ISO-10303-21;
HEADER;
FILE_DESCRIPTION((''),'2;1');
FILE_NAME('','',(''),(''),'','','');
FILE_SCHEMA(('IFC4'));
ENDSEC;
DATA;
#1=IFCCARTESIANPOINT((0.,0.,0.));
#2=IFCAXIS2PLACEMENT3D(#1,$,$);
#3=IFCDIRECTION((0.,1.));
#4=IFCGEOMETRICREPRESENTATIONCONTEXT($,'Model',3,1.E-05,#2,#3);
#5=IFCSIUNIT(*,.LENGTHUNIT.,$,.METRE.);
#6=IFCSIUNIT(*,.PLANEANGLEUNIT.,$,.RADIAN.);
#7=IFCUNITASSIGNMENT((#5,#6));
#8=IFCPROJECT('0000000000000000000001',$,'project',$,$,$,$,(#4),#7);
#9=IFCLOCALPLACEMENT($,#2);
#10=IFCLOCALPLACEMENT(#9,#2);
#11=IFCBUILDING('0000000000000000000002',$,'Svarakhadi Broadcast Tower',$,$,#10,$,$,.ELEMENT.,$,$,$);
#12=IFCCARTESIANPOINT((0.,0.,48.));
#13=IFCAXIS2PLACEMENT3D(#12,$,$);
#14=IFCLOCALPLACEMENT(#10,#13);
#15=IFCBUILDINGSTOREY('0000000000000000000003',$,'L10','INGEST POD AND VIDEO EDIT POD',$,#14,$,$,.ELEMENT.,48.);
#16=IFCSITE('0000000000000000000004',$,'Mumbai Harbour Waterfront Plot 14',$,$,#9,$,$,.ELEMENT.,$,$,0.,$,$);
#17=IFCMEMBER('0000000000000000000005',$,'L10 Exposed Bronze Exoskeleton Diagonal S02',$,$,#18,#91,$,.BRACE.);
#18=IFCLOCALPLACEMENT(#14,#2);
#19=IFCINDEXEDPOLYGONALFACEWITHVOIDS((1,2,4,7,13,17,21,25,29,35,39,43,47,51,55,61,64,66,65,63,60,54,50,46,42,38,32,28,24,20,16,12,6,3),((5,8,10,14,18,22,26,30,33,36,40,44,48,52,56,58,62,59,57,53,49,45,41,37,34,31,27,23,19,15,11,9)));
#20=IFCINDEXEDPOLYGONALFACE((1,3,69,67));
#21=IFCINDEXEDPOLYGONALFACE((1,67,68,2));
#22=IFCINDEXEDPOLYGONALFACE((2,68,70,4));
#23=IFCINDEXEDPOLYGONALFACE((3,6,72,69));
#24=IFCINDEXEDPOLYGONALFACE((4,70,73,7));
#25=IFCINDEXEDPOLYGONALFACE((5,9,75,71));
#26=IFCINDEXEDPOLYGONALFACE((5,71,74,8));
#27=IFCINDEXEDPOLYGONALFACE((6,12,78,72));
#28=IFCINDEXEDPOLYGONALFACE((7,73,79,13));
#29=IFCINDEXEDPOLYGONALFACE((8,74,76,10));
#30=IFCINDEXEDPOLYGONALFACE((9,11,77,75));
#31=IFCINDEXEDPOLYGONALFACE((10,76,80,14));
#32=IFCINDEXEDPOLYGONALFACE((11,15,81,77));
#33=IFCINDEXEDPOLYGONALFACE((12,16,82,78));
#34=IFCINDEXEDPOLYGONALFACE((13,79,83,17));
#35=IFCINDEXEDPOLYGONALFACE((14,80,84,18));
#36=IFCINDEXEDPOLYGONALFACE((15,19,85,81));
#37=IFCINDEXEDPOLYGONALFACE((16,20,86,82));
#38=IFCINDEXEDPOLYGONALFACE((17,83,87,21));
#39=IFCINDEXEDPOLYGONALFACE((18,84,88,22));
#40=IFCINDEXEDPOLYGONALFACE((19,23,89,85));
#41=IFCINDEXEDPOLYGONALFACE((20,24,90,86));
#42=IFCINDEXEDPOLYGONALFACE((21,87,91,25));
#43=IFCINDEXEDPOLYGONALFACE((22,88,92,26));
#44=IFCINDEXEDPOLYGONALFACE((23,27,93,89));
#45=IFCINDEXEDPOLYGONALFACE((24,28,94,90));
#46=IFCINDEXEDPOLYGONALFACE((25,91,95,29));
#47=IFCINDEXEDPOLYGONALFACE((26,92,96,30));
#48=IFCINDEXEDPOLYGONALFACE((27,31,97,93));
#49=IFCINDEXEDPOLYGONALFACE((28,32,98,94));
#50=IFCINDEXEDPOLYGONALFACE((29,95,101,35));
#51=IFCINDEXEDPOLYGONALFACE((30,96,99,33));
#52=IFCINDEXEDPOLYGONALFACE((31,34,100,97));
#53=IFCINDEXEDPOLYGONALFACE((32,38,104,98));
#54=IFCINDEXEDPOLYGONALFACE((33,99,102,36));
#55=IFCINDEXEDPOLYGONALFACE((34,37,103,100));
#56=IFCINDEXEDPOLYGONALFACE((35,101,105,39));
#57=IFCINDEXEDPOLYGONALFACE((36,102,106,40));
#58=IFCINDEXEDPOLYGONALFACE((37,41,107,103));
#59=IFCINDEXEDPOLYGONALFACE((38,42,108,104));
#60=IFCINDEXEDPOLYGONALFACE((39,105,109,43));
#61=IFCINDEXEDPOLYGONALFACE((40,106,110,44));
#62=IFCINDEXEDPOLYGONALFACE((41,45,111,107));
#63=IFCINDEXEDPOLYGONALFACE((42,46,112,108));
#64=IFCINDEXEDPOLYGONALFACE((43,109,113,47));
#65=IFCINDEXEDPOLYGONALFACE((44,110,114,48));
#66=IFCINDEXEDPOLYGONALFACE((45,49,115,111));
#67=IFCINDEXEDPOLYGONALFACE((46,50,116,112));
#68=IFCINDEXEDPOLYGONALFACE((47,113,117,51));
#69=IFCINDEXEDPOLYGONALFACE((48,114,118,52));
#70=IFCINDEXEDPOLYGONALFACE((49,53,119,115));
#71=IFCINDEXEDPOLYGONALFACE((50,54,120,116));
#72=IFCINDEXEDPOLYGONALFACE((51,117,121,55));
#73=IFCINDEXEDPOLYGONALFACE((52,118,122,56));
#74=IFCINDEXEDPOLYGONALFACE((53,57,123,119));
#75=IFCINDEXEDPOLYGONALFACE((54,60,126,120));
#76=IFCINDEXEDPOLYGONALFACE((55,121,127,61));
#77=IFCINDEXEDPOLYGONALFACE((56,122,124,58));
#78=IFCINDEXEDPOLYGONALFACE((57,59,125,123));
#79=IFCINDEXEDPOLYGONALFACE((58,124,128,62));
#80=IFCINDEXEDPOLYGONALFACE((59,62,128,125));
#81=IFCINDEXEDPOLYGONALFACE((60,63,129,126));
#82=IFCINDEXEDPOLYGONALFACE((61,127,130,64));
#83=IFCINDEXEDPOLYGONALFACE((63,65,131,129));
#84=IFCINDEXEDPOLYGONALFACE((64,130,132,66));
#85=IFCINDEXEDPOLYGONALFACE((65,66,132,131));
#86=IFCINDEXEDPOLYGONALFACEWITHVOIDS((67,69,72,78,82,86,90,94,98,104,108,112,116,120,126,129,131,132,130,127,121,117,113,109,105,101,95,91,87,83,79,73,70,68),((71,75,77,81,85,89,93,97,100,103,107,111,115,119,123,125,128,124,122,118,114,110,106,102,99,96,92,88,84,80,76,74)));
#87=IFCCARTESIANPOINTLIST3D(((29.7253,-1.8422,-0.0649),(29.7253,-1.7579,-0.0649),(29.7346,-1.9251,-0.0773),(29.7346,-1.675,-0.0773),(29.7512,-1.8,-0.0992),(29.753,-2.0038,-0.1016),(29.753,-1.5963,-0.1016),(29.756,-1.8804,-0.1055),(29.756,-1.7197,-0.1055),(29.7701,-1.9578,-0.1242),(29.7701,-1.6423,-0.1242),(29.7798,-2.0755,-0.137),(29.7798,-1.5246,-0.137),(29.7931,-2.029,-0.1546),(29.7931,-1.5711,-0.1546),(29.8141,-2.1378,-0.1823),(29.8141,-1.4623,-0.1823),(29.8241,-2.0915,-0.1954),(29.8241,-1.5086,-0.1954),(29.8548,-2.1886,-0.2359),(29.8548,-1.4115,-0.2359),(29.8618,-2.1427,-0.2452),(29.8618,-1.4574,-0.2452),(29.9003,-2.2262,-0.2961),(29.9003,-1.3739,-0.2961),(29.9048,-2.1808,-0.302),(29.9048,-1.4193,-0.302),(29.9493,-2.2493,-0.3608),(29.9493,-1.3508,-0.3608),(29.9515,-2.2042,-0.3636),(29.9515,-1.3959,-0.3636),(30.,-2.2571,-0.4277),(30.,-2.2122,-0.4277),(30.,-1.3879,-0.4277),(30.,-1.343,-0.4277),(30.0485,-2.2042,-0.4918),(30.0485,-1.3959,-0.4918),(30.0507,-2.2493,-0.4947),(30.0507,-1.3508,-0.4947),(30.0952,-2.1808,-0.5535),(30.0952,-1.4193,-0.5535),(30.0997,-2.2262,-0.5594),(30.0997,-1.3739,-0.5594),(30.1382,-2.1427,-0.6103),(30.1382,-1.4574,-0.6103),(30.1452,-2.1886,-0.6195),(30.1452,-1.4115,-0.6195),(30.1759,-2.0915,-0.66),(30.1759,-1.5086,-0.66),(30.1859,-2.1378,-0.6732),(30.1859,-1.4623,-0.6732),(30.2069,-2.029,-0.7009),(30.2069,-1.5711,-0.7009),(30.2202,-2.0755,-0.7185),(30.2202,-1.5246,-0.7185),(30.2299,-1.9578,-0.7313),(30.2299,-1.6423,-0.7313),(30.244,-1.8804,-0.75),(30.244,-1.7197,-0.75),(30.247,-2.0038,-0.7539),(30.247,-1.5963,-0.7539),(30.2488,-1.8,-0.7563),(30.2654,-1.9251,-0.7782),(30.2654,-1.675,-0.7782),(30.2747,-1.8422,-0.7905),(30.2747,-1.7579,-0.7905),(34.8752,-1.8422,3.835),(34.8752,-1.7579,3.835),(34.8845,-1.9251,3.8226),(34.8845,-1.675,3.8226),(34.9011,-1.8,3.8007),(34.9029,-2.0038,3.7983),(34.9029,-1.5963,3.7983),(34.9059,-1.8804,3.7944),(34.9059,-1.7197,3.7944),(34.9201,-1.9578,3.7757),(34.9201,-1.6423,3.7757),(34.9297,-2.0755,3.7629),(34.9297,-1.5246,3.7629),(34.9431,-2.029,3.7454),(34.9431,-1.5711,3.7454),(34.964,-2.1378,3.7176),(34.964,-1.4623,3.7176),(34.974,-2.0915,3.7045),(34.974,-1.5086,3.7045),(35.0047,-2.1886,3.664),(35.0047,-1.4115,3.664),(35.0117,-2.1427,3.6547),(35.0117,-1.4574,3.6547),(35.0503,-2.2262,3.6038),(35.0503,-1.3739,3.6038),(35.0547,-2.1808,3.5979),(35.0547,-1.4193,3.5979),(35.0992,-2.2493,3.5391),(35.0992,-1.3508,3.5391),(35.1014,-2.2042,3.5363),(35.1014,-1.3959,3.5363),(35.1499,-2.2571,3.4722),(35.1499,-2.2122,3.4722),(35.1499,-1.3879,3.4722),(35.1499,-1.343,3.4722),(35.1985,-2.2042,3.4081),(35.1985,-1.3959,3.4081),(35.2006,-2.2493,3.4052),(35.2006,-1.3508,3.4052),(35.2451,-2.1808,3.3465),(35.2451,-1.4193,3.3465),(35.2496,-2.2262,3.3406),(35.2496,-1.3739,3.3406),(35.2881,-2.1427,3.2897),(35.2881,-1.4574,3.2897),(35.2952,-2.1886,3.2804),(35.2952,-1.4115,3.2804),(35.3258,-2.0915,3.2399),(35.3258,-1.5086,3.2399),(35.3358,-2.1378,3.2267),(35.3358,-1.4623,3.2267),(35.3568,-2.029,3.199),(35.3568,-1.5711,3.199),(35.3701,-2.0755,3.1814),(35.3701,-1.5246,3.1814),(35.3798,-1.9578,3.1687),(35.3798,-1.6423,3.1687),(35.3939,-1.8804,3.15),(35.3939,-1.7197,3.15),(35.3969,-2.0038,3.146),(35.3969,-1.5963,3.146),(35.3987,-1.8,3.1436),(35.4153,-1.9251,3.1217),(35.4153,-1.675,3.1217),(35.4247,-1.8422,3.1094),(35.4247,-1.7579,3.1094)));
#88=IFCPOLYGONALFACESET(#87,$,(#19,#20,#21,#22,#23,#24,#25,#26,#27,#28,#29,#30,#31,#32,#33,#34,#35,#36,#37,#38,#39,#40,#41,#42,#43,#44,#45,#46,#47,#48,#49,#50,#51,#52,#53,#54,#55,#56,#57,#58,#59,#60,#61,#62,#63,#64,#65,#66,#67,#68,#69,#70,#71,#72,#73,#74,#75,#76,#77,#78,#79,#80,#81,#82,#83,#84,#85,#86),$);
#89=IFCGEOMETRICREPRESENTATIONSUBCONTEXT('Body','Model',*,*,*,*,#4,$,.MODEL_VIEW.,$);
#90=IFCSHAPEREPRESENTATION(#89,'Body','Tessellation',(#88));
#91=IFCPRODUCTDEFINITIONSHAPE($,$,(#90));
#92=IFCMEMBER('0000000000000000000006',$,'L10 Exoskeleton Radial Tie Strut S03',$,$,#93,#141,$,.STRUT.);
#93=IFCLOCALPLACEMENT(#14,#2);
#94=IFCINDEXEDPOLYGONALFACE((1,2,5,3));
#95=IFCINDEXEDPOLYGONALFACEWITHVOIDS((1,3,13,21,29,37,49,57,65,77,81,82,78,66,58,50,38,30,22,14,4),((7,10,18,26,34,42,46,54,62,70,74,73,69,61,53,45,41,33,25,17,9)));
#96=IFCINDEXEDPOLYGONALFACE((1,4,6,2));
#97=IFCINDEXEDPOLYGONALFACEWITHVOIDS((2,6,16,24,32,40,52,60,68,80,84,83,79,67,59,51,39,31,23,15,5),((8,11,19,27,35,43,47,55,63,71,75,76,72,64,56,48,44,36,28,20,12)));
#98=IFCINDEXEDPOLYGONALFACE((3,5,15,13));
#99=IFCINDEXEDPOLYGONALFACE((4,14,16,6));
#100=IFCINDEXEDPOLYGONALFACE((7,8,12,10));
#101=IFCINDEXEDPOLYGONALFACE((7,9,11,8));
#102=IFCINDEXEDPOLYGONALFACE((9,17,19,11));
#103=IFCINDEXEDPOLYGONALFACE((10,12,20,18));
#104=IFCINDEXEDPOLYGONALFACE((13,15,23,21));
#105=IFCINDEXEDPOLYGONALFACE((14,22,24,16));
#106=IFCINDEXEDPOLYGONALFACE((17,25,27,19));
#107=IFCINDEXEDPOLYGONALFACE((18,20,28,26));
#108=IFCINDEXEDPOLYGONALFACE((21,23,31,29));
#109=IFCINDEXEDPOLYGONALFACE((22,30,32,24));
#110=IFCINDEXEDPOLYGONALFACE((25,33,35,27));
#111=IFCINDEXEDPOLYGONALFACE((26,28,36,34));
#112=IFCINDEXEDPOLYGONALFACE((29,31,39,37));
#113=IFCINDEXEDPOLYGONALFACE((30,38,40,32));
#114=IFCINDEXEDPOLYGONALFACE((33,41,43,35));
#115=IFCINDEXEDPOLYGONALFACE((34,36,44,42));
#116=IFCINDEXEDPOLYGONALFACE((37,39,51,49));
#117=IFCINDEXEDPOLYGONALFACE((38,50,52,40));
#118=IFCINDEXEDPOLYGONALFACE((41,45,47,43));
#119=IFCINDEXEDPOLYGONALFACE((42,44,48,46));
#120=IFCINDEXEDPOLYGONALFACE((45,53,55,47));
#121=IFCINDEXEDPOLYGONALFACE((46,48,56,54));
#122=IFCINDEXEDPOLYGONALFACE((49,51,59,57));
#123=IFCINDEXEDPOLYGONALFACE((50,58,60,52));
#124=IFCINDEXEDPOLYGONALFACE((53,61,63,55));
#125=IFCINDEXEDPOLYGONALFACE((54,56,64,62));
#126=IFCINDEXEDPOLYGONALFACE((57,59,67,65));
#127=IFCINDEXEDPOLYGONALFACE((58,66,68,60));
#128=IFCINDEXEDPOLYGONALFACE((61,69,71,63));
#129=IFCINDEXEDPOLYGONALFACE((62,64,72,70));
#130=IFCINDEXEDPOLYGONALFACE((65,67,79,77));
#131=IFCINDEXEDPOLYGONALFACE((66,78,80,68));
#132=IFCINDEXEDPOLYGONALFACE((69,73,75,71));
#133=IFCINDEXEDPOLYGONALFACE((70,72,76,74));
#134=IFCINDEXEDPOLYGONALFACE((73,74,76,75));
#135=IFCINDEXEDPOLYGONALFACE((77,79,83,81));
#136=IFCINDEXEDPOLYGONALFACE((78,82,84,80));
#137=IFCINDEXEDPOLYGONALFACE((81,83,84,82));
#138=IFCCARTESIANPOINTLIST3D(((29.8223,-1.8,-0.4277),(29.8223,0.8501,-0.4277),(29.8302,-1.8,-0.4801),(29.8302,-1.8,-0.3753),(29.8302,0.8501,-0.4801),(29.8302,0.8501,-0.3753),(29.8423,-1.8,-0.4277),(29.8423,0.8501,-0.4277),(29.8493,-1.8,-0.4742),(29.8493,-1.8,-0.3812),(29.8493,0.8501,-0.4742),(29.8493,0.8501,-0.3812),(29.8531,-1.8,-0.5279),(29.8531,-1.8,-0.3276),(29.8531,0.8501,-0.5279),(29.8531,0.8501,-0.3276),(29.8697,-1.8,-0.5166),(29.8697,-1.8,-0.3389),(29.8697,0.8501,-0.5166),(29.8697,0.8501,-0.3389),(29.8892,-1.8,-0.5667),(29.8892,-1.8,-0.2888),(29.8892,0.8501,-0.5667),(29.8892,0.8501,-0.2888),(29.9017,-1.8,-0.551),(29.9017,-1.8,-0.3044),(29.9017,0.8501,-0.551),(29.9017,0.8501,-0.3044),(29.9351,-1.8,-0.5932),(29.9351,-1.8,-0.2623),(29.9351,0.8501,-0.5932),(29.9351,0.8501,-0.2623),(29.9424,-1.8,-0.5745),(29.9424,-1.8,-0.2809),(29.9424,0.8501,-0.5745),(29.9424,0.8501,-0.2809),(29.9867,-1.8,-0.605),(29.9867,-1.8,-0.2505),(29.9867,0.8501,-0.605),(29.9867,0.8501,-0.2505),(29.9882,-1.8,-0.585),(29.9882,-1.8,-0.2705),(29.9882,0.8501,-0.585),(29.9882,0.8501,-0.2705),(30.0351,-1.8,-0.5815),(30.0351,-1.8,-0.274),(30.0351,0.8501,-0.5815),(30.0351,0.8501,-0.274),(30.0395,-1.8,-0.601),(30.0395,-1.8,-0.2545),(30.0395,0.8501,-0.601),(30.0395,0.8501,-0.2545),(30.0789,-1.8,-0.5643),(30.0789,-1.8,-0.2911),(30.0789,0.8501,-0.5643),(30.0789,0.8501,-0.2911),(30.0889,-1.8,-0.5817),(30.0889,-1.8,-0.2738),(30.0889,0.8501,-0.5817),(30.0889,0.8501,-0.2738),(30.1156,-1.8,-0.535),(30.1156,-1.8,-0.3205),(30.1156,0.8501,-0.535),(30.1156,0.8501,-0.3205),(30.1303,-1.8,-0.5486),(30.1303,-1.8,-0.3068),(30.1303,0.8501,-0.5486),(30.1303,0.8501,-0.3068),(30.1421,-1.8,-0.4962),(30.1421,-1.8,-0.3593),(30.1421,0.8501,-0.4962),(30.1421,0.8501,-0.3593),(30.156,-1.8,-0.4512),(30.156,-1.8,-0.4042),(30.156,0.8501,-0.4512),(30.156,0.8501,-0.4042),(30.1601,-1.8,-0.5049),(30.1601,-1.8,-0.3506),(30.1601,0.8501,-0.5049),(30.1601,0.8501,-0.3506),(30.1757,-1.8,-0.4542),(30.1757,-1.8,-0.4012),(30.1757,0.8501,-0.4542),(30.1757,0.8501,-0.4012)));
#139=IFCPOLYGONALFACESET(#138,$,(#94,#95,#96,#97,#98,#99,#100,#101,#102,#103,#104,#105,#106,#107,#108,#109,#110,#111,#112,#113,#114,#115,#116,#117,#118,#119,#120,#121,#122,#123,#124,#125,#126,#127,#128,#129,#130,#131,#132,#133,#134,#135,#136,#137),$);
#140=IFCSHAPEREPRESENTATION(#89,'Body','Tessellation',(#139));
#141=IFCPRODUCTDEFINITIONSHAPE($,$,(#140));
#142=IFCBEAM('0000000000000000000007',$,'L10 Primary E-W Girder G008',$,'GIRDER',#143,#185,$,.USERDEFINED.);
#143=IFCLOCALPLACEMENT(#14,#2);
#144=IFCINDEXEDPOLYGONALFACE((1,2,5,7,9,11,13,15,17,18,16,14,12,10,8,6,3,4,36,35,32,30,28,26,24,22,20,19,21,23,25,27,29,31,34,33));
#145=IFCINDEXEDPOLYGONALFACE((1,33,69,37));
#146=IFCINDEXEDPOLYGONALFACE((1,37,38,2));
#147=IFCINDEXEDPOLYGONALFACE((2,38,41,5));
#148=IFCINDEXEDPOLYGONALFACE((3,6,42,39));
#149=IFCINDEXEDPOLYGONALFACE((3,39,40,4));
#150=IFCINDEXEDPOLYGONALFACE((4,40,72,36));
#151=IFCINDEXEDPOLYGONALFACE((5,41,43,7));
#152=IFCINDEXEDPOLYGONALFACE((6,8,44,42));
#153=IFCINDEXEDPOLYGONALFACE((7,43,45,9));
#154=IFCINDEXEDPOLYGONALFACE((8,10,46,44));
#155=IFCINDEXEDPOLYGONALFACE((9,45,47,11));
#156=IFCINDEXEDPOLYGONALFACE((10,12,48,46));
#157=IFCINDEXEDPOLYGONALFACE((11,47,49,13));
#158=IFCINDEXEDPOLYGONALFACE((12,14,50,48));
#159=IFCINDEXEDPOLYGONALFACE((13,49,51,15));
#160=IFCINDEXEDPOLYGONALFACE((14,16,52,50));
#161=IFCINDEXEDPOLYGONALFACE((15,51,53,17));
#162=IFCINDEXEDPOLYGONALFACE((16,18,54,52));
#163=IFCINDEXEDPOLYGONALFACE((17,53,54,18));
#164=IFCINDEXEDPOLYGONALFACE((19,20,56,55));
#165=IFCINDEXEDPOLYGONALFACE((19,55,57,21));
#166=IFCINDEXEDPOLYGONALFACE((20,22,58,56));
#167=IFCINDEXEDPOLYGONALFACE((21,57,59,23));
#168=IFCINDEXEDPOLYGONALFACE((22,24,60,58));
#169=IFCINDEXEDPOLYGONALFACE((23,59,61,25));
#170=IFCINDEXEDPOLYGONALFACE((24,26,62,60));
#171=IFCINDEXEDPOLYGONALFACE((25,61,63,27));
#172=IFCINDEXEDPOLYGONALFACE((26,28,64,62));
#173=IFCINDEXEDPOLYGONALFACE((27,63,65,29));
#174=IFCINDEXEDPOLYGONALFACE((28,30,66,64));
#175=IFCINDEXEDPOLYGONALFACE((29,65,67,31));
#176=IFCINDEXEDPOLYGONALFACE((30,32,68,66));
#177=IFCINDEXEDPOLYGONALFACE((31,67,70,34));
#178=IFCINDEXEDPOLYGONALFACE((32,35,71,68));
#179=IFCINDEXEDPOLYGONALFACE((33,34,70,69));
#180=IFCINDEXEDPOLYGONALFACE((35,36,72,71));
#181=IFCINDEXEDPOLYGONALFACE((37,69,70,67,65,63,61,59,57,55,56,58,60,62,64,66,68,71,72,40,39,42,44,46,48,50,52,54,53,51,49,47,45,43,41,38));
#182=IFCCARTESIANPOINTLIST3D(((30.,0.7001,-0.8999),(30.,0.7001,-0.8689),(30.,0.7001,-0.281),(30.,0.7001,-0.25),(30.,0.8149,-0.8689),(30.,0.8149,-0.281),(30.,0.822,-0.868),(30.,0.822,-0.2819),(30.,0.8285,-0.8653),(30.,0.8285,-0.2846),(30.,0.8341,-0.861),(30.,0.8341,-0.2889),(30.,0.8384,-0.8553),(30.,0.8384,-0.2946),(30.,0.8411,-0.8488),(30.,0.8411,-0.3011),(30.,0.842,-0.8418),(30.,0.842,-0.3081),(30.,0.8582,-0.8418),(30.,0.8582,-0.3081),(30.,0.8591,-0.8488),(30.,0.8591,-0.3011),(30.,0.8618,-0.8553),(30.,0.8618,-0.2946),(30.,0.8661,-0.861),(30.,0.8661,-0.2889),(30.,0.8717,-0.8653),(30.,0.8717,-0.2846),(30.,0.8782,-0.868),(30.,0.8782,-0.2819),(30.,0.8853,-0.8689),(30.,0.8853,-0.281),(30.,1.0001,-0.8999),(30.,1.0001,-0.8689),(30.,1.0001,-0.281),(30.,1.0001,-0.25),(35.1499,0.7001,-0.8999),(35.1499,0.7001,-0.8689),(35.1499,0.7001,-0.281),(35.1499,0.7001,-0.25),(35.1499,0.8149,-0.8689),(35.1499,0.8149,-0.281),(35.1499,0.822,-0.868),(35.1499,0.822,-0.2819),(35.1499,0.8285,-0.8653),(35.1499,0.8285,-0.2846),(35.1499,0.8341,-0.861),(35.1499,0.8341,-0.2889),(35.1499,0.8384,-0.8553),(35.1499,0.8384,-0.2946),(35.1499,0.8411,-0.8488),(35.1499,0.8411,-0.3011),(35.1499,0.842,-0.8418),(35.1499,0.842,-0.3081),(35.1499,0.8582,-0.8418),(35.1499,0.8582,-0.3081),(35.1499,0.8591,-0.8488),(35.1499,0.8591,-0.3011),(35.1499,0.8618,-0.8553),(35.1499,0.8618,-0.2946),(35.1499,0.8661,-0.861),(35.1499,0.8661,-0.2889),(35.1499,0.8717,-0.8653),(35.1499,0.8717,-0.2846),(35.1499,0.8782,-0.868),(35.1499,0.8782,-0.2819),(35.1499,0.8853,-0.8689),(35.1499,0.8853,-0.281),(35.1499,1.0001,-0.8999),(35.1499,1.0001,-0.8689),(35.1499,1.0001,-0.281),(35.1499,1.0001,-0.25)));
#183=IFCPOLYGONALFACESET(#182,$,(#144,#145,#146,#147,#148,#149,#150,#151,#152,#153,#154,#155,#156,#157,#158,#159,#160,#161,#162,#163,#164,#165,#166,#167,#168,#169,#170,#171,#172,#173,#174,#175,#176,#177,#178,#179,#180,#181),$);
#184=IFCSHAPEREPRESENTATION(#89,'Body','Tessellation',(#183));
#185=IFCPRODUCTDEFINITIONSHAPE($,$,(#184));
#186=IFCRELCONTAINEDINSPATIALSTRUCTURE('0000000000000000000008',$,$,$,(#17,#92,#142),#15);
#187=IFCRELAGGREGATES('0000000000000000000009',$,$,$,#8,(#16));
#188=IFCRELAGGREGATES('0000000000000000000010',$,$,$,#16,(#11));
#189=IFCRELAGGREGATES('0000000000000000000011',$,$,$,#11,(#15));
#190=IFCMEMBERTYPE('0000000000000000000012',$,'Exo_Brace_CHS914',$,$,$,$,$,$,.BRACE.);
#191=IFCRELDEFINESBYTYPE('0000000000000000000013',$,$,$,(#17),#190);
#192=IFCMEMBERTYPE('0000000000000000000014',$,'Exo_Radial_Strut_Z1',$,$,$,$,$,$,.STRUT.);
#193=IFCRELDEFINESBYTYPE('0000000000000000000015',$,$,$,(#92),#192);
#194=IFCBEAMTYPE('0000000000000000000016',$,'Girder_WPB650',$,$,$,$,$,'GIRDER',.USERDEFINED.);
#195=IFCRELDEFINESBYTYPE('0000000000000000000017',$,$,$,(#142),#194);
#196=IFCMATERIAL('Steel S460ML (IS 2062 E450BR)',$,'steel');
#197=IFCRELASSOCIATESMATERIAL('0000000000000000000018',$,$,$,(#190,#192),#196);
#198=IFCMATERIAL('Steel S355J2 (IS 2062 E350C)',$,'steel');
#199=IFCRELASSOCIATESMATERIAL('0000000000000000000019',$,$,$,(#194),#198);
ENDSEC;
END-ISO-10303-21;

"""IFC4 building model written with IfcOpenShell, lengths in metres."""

from ifc_helpers import new_model, si_unit, direction, frame, origin, origin_2d, place, context, subcontext, project, spatial, hollow_circle, i_section, extrude, material, material_profile, profile_set, type_object, element, save


model = new_model("IFC4")

# Units and contexts
model_context = context("Model", 3, precision=1e-05, world=origin(), true_north=direction((0.0, 1.0)))
body_context = subcontext(model_context, "Body", "Model", "MODEL_VIEW")
ifc_project = project(units=[si_unit("LENGTHUNIT", "METRE"), si_unit("PLANEANGLEUNIT", "RADIAN")], contexts=[model_context])

# Site, building, storey
site_placement = place(None, origin())
site = spatial("IfcSite", under=ifc_project, at=site_placement, Name="Mumbai Harbour Waterfront Plot 14", CompositionType="ELEMENT", RefElevation=0.0)
building_placement = place(site_placement, origin())
building = spatial("IfcBuilding", under=site, at=building_placement, Name="Svarakhadi Broadcast Tower", CompositionType="ELEMENT")
storey_placement = place(building_placement, frame((0.0, 0.0, 48.0)))
storey = spatial("IfcBuildingStorey", under=building, at=storey_placement, Name="L10", Description="INGEST POD AND VIDEO EDIT POD", CompositionType="ELEMENT", Elevation=48.0)

# Shared definitions
ifc_material_1 = material(Name="Steel S460ML (IS 2062 E450BR)", Category="steel")

# Shared definitions
ifc_material_2 = material(Name="Steel S355J2 (IS 2062 E350C)", Category="steel")

# Members
ifc_material_profile_1 = material_profile(ifc_material_1, hollow_circle(Radius=0.457, WallThickness=0.0449, at=origin_2d()), Name="CHS 914x45")
ifc_profile_set_1 = profile_set([ifc_material_profile_1], Name="Steel S460ML (IS 2062 E450BR)")
member_type_1 = type_object("IfcMemberType", Name="Exo_Brace_CHS914", PredefinedType="BRACE", material=ifc_profile_set_1)
member_1_placement = place(storey_placement, frame((30.0, -1.8, -0.4277), z_axis=(0.797207, 0.0, 0.603706), x_axis=(0.0, 1.0, 0.0)))
element("IfcMember", 1, at=member_1_placement, inside=storey, type_object=member_type_1, Name="L10 Exposed Bronze Exoskeleton Diagonal S02", PredefinedType="BRACE", context=body_context, shape_type="SweptSolid", body=[
    extrude(hollow_circle(Radius=0.457, WallThickness=0.0449, at=origin_2d()), origin(), (0.0, 0.0, 1.0), 6.46),
])
ifc_material_profile_2 = material_profile(ifc_material_1, hollow_circle(Radius=0.1777, WallThickness=0.02, at=origin_2d()), Name="CHS 355.6x20")
ifc_profile_set_2 = profile_set([ifc_material_profile_2], Name="Steel S460ML (IS 2062 E450BR)")
member_type_2 = type_object("IfcMemberType", Name="Exo_Radial_Strut_Z1", PredefinedType="STRUT", material=ifc_profile_set_2)
member_2_placement = place(storey_placement, frame((30.0, -1.8, -0.4277), z_axis=(0.0, 1.0, 0.0), x_axis=(-1.0, 0.0, 0.0)))
element("IfcMember", 2, at=member_2_placement, inside=storey, type_object=member_type_2, Name="L10 Exoskeleton Radial Tie Strut S03", PredefinedType="STRUT", context=body_context, shape_type="SweptSolid", body=[
    extrude(hollow_circle(Radius=0.1777, WallThickness=0.02, at=origin_2d()), origin(), (0.0, 0.0, 1.0), 2.6501),
])

# Beam
ifc_material_profile_3 = material_profile(ifc_material_2, i_section(OverallWidth=0.3, OverallDepth=0.6499, WebThickness=0.0161, FlangeThickness=0.031, FilletRadius=0.0271, at=origin_2d()), Name="WPB 650x300x225")
ifc_profile_set_3 = profile_set([ifc_material_profile_3], Name="Steel S355J2 (IS 2062 E350C)")
beam_type_1 = type_object("IfcBeamType", Name="Girder_WPB650", ElementType="GIRDER", PredefinedType="USERDEFINED", material=ifc_profile_set_3)
beam_1_placement = place(storey_placement, frame((30.0, 0.8501, -0.575), z_axis=(1.0, 0.0, 0.0), x_axis=(0.0, 1.0, 0.0)))
element("IfcBeam", 3, at=beam_1_placement, inside=storey, type_object=beam_type_1, Name="L10 Primary E-W Girder G008", ObjectType="GIRDER", PredefinedType="USERDEFINED", context=body_context, shape_type="SweptSolid", body=[
    extrude(i_section(OverallWidth=0.3, OverallDepth=0.6499, WebThickness=0.0161, FlangeThickness=0.031, FilletRadius=0.0271, at=origin_2d()), origin(), (0.0, 0.0, 1.0), 5.1499),
])

save(model, "model.ifc")
